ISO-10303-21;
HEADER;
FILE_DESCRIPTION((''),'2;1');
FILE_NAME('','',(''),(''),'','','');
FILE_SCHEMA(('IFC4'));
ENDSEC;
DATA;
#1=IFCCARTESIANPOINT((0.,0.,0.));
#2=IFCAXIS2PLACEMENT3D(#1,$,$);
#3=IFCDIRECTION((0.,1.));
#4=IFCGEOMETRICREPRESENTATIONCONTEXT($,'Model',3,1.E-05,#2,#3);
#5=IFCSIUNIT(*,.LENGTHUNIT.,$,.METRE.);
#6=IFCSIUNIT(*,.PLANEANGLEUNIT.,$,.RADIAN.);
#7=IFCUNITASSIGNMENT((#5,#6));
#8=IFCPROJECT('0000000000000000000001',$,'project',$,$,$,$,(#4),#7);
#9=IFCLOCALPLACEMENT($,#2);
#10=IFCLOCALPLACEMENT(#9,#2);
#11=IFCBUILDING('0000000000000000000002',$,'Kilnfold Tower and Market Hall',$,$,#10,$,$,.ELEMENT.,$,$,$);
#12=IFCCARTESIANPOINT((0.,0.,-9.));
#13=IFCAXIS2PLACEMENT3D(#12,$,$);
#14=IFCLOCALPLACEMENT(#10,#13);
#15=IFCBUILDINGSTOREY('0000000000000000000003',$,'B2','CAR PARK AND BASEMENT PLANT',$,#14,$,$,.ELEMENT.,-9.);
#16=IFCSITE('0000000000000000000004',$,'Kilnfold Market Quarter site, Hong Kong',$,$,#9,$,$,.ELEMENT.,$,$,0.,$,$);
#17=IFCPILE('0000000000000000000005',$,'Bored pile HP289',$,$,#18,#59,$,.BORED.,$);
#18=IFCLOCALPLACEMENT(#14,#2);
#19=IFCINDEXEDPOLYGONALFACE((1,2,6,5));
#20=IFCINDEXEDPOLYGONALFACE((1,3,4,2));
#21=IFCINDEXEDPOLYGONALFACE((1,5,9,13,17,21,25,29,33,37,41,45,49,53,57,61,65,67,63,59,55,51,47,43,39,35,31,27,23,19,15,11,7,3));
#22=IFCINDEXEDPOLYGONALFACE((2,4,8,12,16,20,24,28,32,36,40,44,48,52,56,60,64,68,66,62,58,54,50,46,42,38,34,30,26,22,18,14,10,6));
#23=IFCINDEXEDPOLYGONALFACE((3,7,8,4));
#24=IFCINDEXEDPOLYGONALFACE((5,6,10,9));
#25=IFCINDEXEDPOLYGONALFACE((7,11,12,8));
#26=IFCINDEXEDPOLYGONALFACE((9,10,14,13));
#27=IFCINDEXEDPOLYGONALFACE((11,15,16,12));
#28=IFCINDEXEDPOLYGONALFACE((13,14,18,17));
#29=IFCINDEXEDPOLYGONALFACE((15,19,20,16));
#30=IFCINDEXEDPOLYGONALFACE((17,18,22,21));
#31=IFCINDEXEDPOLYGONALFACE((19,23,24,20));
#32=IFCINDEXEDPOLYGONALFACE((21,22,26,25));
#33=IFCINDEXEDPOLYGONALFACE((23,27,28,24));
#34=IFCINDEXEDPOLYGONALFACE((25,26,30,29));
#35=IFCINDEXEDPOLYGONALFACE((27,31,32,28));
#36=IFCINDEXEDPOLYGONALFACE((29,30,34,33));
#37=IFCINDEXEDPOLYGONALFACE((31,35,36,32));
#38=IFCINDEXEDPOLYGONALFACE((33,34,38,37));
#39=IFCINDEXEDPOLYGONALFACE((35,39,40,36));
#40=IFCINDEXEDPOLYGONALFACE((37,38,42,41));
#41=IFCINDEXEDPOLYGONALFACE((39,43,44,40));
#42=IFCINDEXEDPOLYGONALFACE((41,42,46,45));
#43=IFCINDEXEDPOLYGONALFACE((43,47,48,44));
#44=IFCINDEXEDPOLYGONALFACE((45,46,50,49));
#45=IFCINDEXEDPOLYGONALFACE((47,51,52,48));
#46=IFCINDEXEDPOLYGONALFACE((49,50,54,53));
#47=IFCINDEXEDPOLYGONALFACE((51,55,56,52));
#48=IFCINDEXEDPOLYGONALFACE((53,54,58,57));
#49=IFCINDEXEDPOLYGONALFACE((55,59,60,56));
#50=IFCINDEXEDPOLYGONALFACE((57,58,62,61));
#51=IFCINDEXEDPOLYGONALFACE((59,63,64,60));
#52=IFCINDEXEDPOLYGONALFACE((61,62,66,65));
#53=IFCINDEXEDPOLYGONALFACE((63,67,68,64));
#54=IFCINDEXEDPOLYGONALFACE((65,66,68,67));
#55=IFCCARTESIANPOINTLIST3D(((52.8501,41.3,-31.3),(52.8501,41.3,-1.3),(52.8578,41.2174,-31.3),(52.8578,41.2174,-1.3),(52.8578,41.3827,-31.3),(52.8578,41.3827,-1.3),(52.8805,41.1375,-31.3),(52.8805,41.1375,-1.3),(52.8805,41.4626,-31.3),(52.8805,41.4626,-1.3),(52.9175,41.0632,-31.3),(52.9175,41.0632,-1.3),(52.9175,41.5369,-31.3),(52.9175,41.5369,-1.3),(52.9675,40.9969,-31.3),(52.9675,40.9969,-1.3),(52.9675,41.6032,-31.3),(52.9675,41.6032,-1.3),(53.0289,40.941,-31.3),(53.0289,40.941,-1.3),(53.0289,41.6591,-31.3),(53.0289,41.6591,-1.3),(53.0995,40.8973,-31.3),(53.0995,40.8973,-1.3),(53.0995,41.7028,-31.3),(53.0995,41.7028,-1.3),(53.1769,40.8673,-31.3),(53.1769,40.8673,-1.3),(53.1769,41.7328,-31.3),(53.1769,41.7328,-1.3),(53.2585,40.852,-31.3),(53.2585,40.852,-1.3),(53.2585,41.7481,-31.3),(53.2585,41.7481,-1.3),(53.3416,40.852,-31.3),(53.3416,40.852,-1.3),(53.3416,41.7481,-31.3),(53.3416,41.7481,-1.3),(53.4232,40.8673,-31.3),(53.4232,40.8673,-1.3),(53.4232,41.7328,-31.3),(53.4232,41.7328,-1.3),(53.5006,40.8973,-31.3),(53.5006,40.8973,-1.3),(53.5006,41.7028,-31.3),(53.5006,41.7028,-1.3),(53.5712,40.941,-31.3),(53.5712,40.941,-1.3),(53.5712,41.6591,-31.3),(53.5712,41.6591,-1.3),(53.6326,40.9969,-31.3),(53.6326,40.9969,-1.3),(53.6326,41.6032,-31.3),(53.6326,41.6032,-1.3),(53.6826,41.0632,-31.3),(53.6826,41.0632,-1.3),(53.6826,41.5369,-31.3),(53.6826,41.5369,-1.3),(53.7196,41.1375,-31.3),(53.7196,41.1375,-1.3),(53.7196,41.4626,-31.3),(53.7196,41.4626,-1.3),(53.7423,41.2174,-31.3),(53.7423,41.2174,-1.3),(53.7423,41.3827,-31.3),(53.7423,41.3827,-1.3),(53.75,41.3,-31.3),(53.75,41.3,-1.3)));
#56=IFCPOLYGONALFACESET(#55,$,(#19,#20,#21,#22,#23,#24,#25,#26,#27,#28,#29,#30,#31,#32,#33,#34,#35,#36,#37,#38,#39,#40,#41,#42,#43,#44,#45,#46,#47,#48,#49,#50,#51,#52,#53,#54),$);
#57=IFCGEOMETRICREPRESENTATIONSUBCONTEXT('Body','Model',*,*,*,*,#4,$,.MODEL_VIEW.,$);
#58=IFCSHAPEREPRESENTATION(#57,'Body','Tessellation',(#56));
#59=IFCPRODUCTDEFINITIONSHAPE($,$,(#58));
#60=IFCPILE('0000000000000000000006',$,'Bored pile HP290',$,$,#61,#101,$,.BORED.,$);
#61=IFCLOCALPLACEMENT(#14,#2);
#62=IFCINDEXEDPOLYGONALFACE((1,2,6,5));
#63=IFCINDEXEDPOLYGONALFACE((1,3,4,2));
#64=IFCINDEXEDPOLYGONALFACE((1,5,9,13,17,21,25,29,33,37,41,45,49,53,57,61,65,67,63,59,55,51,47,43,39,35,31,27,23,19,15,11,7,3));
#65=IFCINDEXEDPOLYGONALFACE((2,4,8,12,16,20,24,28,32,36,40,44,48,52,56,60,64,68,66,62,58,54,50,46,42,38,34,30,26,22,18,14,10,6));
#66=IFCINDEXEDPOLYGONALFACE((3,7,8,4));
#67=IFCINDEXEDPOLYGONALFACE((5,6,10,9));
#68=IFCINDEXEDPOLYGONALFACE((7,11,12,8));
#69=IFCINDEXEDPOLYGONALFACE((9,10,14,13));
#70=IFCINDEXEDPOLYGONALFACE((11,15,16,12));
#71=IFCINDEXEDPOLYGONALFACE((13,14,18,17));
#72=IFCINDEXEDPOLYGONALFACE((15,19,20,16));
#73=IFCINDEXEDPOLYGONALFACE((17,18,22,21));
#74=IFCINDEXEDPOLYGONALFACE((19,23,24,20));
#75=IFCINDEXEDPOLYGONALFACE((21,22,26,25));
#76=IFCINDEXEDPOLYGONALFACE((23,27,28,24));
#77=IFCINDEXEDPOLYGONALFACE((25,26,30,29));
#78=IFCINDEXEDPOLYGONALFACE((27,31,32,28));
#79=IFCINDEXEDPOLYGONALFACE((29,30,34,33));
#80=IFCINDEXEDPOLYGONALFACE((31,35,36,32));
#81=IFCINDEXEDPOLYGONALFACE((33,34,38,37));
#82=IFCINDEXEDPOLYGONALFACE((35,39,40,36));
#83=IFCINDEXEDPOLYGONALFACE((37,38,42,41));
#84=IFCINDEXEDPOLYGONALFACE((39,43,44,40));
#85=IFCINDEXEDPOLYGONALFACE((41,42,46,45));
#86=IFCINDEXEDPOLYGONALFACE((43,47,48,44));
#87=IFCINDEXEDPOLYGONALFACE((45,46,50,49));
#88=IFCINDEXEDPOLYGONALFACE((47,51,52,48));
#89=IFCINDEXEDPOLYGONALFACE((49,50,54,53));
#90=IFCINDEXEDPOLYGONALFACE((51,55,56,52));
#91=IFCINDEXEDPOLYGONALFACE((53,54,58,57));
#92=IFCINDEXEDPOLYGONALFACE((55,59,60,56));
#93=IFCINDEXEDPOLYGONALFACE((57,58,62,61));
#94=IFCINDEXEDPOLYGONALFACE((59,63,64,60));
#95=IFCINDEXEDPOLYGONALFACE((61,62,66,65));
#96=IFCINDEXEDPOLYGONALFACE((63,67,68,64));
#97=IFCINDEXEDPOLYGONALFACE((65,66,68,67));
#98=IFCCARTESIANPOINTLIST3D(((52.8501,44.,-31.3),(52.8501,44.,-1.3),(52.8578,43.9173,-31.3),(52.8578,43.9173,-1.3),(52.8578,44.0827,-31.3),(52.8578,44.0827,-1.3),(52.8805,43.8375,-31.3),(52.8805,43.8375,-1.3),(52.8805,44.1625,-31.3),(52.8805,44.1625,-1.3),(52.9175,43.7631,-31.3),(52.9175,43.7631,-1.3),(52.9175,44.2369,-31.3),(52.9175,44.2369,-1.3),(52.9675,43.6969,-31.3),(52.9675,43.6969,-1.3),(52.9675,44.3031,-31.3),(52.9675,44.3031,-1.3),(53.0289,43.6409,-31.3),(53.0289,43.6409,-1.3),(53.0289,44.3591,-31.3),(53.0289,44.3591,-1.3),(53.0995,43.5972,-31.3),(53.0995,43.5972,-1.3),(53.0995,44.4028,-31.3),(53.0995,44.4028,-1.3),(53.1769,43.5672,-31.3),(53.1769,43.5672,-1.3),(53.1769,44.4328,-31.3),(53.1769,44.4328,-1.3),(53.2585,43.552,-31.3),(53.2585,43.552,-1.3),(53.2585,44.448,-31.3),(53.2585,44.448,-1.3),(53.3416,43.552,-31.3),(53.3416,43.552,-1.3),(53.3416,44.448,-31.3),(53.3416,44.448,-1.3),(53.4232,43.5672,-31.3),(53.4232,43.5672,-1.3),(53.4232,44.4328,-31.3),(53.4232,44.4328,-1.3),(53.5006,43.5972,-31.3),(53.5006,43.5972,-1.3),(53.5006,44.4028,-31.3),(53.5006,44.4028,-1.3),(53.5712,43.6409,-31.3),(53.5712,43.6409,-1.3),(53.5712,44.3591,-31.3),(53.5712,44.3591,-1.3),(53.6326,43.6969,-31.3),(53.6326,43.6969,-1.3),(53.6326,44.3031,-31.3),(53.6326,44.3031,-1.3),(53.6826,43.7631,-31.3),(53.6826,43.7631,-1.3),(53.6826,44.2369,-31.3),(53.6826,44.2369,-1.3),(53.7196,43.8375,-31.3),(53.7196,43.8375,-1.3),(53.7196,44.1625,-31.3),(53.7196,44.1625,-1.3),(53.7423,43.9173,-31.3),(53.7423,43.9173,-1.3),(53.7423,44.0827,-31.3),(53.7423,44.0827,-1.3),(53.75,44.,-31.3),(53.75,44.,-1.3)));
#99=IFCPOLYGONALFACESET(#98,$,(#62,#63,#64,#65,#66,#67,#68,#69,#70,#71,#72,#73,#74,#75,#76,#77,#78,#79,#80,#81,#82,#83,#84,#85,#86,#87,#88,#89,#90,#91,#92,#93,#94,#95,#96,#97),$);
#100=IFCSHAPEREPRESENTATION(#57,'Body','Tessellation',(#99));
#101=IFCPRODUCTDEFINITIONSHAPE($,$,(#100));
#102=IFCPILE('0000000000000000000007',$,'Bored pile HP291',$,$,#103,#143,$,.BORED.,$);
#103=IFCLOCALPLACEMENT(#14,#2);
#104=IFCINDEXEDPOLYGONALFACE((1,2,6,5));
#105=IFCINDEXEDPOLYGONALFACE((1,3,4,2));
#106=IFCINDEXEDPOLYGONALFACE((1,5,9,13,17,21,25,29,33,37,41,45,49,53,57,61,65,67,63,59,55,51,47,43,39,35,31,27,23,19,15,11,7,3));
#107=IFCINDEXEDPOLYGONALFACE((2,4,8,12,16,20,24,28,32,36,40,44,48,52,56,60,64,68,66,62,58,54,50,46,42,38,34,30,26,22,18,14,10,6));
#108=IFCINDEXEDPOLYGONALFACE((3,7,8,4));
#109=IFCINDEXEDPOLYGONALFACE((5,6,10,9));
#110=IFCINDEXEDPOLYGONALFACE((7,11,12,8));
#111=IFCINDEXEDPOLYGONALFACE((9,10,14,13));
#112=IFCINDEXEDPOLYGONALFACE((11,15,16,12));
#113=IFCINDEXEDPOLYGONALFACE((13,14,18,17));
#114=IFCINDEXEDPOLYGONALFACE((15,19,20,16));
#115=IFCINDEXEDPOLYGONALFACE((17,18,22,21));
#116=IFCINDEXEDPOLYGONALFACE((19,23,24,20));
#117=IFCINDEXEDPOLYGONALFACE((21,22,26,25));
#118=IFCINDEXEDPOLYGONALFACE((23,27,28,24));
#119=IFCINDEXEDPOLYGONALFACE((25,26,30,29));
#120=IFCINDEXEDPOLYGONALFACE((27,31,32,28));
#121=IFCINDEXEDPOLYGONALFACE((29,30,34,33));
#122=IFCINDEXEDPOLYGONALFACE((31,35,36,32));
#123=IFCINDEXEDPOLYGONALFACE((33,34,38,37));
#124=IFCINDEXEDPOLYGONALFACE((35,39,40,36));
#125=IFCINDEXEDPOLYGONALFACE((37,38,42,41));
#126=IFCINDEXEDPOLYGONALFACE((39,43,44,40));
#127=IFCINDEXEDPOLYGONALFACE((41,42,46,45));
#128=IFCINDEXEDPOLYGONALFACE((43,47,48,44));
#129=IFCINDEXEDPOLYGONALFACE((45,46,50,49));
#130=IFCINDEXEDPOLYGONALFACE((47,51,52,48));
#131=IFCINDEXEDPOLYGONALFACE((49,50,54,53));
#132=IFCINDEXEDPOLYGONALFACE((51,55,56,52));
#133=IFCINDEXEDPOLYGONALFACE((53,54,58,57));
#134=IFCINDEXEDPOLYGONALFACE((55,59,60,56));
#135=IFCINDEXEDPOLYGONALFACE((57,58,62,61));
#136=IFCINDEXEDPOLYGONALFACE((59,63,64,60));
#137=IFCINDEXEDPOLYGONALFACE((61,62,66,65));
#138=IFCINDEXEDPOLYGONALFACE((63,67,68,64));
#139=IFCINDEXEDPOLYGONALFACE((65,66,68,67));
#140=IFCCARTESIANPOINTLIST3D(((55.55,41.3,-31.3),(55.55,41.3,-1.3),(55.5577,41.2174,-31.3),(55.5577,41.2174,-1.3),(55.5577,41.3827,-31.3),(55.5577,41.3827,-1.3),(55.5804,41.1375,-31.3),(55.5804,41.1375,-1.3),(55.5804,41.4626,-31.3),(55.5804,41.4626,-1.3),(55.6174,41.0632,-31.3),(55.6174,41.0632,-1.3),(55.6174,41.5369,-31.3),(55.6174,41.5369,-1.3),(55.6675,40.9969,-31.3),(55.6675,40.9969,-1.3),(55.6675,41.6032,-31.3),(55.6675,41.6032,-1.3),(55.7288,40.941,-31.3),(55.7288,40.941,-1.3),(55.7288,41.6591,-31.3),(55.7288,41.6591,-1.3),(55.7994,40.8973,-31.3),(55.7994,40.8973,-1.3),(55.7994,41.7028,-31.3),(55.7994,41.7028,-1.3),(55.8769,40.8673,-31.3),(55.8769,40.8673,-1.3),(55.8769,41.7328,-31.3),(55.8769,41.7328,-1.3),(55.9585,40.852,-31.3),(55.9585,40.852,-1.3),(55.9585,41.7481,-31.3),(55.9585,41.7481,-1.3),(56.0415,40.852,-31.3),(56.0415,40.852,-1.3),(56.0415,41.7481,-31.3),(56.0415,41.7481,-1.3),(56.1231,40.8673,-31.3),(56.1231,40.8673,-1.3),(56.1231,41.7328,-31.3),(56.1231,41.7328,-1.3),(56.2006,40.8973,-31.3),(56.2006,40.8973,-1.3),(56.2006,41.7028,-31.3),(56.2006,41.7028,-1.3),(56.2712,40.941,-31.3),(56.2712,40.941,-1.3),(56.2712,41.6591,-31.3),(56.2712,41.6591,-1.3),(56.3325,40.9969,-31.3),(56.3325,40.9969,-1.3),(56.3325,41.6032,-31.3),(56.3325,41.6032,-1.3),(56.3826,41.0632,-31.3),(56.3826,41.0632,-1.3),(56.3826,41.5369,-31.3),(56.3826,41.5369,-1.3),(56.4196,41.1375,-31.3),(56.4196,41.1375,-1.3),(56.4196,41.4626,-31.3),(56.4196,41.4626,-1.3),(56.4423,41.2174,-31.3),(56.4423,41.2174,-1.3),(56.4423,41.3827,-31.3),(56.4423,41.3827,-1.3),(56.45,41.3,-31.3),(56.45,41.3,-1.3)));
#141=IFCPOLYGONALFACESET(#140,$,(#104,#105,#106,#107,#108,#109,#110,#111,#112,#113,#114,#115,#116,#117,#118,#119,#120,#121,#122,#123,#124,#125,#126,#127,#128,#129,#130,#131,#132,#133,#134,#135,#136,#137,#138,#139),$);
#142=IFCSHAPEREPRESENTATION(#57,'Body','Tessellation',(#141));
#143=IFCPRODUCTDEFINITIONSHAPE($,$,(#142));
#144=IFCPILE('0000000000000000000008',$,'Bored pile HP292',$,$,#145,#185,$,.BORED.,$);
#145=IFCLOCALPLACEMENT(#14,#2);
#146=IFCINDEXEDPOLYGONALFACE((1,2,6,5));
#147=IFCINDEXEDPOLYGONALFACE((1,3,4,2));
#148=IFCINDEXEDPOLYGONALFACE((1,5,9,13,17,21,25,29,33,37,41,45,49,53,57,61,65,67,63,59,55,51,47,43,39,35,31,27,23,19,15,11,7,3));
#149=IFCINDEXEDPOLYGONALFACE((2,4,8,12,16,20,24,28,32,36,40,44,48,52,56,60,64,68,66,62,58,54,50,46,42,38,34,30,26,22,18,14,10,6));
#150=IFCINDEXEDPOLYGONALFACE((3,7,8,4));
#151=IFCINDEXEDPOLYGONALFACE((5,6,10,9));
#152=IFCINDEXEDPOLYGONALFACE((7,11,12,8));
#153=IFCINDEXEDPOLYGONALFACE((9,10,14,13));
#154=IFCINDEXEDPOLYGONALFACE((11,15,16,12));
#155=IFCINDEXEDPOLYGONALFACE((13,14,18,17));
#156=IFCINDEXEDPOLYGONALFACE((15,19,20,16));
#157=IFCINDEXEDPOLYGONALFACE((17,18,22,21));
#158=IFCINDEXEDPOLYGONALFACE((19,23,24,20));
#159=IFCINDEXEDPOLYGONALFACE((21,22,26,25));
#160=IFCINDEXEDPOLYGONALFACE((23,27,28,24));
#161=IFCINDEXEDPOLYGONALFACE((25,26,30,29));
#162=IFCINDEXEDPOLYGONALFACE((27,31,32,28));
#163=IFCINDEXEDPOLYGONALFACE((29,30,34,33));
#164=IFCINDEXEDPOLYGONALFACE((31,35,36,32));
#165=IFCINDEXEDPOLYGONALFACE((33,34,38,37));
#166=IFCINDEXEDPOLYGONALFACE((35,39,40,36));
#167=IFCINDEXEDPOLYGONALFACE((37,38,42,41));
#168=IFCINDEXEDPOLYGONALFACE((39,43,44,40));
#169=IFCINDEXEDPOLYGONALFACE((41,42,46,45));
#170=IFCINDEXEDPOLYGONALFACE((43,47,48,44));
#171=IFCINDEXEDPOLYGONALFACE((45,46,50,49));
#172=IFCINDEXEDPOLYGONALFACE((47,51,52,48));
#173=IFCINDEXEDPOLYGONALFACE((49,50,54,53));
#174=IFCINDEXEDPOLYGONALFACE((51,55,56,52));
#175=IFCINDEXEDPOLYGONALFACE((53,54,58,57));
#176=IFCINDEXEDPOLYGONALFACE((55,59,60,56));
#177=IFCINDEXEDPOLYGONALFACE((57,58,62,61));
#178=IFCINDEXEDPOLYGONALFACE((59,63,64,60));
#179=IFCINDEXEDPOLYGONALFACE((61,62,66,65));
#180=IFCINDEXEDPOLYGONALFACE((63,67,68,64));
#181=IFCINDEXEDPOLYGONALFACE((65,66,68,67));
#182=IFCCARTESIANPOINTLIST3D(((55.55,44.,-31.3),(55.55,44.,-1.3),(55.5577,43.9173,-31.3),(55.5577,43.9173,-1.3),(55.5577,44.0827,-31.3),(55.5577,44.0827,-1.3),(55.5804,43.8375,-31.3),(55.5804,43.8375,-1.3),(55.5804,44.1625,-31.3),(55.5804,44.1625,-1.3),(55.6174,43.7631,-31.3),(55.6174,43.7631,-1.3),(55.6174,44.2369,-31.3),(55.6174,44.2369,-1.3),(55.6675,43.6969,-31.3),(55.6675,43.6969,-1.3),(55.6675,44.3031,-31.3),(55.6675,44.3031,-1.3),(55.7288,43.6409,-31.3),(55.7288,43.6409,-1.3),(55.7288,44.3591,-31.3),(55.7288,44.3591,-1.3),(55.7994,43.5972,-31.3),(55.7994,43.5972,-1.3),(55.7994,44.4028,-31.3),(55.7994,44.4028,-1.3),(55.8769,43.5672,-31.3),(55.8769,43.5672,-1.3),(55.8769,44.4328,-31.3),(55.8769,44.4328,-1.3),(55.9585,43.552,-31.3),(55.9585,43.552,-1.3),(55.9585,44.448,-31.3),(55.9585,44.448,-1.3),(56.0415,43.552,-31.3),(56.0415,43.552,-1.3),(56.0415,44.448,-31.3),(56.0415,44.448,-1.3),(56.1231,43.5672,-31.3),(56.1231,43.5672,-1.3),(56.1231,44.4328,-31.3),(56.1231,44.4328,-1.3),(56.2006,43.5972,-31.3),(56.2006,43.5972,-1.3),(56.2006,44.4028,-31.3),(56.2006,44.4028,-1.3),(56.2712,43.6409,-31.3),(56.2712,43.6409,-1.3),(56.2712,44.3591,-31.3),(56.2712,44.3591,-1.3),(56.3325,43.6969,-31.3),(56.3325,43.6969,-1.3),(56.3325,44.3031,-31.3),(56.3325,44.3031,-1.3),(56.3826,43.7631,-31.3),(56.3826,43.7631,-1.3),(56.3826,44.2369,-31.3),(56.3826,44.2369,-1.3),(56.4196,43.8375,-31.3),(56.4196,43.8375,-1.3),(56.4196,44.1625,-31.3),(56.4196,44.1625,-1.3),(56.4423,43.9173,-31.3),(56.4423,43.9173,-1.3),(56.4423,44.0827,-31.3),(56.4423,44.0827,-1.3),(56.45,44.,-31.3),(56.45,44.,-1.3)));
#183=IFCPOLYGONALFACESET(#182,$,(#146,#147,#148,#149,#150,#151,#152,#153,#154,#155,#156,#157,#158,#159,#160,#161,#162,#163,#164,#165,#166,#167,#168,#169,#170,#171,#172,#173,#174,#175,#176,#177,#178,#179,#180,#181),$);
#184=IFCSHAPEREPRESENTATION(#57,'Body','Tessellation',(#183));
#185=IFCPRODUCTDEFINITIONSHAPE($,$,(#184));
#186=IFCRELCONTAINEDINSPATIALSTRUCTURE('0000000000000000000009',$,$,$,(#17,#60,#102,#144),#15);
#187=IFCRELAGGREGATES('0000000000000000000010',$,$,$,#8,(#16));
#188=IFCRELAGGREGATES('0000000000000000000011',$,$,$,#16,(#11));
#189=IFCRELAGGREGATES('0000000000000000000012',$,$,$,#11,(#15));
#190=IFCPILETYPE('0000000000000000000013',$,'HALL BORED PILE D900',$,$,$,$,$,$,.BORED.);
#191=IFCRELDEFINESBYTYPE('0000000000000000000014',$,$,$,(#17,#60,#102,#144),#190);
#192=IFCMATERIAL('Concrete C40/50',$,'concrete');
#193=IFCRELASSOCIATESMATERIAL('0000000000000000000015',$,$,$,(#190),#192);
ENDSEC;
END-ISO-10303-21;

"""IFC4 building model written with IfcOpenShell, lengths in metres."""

from ifc_helpers import new_model, si_unit, direction, frame, origin, origin_2d, place, context, subcontext, project, spatial, circle, extrude, source, transform, mapped, material, material_profile, profile_set, type_object, element, save


model = new_model("IFC4")

# Units and contexts
model_context = context("Model", 3, precision=1e-05, world=origin(), true_north=direction((0.0, 1.0)))
body_context = subcontext(model_context, "Body", "Model", "MODEL_VIEW")
ifc_project = project(units=[si_unit("LENGTHUNIT", "METRE"), si_unit("PLANEANGLEUNIT", "RADIAN")], contexts=[model_context])

# Site, building, storey
site_placement = place(None, origin())
site = spatial("IfcSite", under=ifc_project, at=site_placement, Name="Kilnfold Market Quarter site, Hong Kong", CompositionType="ELEMENT", RefElevation=0.0)
building_placement = place(site_placement, origin())
building = spatial("IfcBuilding", under=site, at=building_placement, Name="Kilnfold Tower and Market Hall", CompositionType="ELEMENT")
storey_placement = place(building_placement, frame((0.0, 0.0, -9.0)))
storey = spatial("IfcBuildingStorey", under=building, at=storey_placement, Name="B2", Description="CAR PARK AND BASEMENT PLANT", CompositionType="ELEMENT", Elevation=-9.0)

# Piles
ifc_material_1 = material(Name="Concrete C40/50", Category="concrete")
ifc_material_profile_1 = material_profile(ifc_material_1, circle(Radius=0.45, at=origin_2d()), Name="D900")
ifc_profile_set_1 = profile_set([ifc_material_profile_1], Name="Concrete C40/50")
pile_type = type_object("IfcPileType", Name="HALL BORED PILE D900", PredefinedType="BORED", material=ifc_profile_set_1)
shared_shape_1 = source(origin(), body_context, "Body", "SweptSolid", [
    extrude(circle(Radius=0.45, at=origin_2d()), origin(), (0.0, 0.0, 1.0), 30.0),
])
for number, where, z_axis, x_axis, name in (
    (1, (53.3, 41.3, -1.3), (0.0, 0.0, -1.0), (1.0, 0.0, 0.0), "Bored pile HP289"),
    (2, (53.3, 44.0, -1.3), (0.0, 0.0, -1.0), (1.0, 0.0, 0.0), "Bored pile HP290"),
    (3, (56.0, 41.3, -1.3), (0.0, 0.0, -1.0), (1.0, 0.0, 0.0), "Bored pile HP291"),
    (4, (56.0, 44.0, -1.3), (0.0, 0.0, -1.0), (1.0, 0.0, 0.0), "Bored pile HP292"),
):
    element("IfcPile", number, at=place(storey_placement, frame(where, z_axis=z_axis, x_axis=x_axis)), inside=storey, type_object=pile_type, Name=name, PredefinedType="BORED", context=body_context, shape_type="MappedRepresentation", body=[
        mapped(shared_shape_1, transform((0.0, 0.0, 0.0))),
    ])

save(model, "model.ifc")
